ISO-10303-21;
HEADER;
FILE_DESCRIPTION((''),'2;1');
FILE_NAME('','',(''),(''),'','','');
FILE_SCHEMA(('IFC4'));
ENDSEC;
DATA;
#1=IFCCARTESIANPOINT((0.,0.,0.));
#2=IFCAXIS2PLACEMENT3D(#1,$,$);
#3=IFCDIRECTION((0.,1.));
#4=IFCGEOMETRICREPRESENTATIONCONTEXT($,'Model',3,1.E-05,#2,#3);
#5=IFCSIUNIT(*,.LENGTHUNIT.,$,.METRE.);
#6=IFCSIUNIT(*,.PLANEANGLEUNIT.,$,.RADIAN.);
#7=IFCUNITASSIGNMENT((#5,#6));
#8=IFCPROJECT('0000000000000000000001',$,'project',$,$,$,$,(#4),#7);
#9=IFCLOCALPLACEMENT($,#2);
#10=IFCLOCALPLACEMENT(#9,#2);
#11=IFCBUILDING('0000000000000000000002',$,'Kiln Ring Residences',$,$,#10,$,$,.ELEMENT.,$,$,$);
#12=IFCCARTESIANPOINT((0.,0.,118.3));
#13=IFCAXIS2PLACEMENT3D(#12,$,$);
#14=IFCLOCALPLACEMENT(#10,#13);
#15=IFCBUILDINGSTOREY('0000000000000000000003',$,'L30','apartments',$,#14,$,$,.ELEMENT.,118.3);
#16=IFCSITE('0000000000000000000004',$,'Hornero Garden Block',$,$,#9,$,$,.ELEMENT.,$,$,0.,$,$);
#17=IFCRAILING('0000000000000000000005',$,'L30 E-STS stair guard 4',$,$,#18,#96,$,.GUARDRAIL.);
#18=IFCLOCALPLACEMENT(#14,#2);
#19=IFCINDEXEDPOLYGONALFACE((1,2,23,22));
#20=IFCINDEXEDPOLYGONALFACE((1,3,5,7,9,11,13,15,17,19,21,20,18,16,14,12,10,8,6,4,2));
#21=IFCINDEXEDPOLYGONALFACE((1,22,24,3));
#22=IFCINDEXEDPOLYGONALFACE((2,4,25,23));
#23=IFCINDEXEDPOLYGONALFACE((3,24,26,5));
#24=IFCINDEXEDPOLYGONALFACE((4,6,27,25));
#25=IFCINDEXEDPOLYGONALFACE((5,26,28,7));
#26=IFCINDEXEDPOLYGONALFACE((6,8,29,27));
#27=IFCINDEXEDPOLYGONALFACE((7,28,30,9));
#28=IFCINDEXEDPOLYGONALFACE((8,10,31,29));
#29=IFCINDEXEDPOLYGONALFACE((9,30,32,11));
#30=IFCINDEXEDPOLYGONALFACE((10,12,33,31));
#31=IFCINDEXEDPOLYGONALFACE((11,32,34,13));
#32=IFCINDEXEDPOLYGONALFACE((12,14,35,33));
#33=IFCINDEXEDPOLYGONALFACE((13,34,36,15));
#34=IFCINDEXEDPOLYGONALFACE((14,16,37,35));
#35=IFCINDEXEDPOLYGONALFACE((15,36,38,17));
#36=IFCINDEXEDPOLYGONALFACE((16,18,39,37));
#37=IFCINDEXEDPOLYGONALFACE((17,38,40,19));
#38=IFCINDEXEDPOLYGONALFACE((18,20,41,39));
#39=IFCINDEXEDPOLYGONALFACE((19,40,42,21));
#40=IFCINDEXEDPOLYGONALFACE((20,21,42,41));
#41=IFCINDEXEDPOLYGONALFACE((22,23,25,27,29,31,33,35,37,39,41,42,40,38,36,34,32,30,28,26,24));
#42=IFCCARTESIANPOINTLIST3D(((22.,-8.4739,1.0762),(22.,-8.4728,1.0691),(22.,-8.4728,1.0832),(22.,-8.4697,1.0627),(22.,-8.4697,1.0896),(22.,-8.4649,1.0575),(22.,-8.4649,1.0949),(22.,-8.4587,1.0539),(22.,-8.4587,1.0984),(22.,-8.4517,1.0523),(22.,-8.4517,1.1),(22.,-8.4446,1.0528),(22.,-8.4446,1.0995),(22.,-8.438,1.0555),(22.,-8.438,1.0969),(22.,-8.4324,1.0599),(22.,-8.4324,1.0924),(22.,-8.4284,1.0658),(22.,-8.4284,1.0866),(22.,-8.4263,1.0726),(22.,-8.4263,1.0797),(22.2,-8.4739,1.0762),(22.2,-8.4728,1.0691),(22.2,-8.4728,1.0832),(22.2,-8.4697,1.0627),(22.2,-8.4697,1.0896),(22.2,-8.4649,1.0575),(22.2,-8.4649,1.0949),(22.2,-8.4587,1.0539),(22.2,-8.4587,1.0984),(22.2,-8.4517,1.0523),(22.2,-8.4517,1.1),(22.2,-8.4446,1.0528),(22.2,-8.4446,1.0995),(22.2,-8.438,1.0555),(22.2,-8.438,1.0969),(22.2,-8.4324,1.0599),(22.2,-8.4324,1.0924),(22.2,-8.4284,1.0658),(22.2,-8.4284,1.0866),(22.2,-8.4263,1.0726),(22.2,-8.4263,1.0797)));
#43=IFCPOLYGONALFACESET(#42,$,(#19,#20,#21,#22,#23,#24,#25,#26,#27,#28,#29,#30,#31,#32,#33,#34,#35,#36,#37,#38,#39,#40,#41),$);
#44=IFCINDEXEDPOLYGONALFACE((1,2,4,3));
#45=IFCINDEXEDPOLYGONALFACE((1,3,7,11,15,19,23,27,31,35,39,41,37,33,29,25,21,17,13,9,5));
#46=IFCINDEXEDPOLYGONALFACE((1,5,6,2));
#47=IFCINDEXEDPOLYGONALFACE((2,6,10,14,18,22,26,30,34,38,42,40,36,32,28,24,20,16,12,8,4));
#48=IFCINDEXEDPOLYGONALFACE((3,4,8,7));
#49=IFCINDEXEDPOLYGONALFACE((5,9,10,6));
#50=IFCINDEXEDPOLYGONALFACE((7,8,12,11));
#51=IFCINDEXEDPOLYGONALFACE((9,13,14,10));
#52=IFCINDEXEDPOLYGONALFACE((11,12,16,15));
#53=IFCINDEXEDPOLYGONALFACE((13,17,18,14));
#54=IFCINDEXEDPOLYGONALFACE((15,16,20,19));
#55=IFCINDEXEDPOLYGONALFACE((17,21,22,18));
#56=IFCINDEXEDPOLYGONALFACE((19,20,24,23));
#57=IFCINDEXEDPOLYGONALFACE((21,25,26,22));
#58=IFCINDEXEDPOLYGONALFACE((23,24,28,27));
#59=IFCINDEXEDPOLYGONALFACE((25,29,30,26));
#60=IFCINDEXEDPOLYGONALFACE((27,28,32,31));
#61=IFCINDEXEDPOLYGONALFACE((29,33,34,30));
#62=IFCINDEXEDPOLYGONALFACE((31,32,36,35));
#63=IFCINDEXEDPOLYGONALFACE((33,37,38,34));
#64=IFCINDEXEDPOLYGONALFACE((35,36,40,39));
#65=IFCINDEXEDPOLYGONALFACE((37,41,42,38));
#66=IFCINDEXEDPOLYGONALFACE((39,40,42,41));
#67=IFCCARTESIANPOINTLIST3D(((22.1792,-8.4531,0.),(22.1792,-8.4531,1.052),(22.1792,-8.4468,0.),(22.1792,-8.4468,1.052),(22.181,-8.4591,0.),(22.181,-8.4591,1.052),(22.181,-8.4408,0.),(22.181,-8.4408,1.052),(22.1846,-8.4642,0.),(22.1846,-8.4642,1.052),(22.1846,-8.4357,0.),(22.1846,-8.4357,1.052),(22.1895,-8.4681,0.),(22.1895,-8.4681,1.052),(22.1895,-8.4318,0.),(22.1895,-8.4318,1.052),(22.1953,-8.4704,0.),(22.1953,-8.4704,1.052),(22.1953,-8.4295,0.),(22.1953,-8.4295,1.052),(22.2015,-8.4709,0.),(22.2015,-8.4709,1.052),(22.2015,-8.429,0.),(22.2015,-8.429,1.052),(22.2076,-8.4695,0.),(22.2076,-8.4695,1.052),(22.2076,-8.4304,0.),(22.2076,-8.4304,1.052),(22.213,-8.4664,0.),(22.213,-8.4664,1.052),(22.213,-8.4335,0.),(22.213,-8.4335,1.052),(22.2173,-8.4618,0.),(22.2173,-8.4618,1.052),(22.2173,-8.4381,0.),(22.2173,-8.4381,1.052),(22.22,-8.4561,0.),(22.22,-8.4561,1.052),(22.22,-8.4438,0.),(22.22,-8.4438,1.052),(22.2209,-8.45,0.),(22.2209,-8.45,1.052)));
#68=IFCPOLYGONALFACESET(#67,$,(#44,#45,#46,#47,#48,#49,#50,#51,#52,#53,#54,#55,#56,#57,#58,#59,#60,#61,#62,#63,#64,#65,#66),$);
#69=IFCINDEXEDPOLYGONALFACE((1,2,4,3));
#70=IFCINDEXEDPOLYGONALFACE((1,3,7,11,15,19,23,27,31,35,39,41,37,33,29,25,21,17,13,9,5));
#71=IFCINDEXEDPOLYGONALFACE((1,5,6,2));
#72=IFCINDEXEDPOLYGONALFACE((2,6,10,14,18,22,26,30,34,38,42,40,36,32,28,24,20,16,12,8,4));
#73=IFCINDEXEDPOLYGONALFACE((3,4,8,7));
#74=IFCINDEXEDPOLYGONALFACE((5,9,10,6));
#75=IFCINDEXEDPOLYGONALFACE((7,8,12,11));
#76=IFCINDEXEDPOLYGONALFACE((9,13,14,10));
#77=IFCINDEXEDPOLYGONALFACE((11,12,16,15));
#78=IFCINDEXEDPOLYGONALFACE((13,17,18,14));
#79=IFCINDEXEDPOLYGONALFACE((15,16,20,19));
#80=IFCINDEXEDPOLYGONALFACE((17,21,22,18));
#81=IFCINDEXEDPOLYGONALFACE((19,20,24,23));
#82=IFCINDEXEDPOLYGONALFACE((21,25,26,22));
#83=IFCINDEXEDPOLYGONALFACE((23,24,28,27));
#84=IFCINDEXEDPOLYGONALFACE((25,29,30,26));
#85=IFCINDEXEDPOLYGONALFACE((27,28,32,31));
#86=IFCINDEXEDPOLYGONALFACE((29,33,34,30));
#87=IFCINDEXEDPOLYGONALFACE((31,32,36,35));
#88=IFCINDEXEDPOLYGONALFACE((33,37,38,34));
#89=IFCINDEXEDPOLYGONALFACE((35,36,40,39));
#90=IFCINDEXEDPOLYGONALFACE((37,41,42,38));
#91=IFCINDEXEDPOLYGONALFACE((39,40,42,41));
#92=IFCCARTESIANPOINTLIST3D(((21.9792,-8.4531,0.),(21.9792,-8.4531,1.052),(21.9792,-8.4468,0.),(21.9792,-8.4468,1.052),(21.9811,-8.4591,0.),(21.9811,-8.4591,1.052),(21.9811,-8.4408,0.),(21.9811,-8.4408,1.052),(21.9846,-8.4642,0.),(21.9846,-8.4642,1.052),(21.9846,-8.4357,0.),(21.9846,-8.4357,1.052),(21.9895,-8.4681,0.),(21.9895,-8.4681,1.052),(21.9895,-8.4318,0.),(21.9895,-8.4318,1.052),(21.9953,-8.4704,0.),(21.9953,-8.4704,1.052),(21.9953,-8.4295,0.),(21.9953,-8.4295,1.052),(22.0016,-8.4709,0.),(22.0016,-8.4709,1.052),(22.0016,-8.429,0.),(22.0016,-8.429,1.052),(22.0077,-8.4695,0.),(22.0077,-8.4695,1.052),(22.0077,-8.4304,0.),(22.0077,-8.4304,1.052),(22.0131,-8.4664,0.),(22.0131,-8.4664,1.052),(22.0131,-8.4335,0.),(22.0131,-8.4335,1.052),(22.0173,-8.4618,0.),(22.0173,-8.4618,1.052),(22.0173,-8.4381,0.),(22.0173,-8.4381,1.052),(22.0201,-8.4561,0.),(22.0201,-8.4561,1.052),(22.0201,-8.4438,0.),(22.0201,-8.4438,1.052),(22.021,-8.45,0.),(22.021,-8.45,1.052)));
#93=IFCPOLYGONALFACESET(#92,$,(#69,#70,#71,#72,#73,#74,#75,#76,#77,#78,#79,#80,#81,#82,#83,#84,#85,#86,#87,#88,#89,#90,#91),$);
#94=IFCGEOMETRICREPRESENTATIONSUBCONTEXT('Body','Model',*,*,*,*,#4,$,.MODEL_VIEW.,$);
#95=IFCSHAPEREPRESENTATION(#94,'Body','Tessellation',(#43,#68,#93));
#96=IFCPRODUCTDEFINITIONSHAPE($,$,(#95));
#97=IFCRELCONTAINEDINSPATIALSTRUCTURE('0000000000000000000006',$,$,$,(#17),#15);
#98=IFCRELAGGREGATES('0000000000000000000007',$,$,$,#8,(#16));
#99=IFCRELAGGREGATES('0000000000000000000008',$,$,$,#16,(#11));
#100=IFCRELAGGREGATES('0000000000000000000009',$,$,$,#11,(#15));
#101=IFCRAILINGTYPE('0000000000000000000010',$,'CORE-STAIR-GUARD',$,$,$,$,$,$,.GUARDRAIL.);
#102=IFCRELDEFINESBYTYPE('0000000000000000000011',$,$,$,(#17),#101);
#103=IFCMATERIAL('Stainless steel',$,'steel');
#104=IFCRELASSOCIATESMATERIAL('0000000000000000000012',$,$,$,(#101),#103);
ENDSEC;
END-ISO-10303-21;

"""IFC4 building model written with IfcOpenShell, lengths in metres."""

from ifc_helpers import new_model, si_unit, direction, frame, origin, origin_2d, place, context, subcontext, project, spatial, circle, extrude, material, type_object, element, save


model = new_model("IFC4")

# Units and contexts
model_context = context("Model", 3, precision=1e-05, world=origin(), true_north=direction((0.0, 1.0)))
body_context = subcontext(model_context, "Body", "Model", "MODEL_VIEW")
ifc_project = project(units=[si_unit("LENGTHUNIT", "METRE"), si_unit("PLANEANGLEUNIT", "RADIAN")], contexts=[model_context])

# Site, building, storey
site_placement = place(None, origin())
site = spatial("IfcSite", under=ifc_project, at=site_placement, Name="Hornero Garden Block", CompositionType="ELEMENT", RefElevation=0.0)
building_placement = place(site_placement, origin())
building = spatial("IfcBuilding", under=site, at=building_placement, Name="Kiln Ring Residences", CompositionType="ELEMENT")
storey_placement = place(building_placement, frame((0.0, 0.0, 118.3)))
storey = spatial("IfcBuildingStorey", under=building, at=storey_placement, Name="L30", Description="apartments", CompositionType="ELEMENT", Elevation=118.3)

# Railing
ifc_material_1 = material(Name="Stainless steel", Category="steel")
railing_type_1 = type_object("IfcRailingType", Name="CORE-STAIR-GUARD", PredefinedType="GUARDRAIL", material=ifc_material_1)
railing_1_placement = place(storey_placement, frame((22.2, -8.45, 0.0)))
element("IfcRailing", 1, at=railing_1_placement, inside=storey, type_object=railing_type_1, Name="L30 E-STS stair guard 4", PredefinedType="GUARDRAIL", context=body_context, shape_type="SweptSolid", body=[
    extrude(circle(Radius=0.0239, at=origin_2d()), frame((0.0, 0.0, 1.0762), z_axis=(-1.0, 0.0, 0.0), x_axis=(0.0, -1.0, 0.0)), (0.0, 0.0, 1.0), 0.2),
    extrude(circle(Radius=0.021, at=origin_2d()), origin(), (0.0, 0.0, 1.0), 1.052),
    extrude(circle(Radius=0.021, at=origin_2d()), frame((-0.2, 0.0, 0.0)), (0.0, 0.0, 1.0), 1.052),
])

save(model, "model.ifc")
